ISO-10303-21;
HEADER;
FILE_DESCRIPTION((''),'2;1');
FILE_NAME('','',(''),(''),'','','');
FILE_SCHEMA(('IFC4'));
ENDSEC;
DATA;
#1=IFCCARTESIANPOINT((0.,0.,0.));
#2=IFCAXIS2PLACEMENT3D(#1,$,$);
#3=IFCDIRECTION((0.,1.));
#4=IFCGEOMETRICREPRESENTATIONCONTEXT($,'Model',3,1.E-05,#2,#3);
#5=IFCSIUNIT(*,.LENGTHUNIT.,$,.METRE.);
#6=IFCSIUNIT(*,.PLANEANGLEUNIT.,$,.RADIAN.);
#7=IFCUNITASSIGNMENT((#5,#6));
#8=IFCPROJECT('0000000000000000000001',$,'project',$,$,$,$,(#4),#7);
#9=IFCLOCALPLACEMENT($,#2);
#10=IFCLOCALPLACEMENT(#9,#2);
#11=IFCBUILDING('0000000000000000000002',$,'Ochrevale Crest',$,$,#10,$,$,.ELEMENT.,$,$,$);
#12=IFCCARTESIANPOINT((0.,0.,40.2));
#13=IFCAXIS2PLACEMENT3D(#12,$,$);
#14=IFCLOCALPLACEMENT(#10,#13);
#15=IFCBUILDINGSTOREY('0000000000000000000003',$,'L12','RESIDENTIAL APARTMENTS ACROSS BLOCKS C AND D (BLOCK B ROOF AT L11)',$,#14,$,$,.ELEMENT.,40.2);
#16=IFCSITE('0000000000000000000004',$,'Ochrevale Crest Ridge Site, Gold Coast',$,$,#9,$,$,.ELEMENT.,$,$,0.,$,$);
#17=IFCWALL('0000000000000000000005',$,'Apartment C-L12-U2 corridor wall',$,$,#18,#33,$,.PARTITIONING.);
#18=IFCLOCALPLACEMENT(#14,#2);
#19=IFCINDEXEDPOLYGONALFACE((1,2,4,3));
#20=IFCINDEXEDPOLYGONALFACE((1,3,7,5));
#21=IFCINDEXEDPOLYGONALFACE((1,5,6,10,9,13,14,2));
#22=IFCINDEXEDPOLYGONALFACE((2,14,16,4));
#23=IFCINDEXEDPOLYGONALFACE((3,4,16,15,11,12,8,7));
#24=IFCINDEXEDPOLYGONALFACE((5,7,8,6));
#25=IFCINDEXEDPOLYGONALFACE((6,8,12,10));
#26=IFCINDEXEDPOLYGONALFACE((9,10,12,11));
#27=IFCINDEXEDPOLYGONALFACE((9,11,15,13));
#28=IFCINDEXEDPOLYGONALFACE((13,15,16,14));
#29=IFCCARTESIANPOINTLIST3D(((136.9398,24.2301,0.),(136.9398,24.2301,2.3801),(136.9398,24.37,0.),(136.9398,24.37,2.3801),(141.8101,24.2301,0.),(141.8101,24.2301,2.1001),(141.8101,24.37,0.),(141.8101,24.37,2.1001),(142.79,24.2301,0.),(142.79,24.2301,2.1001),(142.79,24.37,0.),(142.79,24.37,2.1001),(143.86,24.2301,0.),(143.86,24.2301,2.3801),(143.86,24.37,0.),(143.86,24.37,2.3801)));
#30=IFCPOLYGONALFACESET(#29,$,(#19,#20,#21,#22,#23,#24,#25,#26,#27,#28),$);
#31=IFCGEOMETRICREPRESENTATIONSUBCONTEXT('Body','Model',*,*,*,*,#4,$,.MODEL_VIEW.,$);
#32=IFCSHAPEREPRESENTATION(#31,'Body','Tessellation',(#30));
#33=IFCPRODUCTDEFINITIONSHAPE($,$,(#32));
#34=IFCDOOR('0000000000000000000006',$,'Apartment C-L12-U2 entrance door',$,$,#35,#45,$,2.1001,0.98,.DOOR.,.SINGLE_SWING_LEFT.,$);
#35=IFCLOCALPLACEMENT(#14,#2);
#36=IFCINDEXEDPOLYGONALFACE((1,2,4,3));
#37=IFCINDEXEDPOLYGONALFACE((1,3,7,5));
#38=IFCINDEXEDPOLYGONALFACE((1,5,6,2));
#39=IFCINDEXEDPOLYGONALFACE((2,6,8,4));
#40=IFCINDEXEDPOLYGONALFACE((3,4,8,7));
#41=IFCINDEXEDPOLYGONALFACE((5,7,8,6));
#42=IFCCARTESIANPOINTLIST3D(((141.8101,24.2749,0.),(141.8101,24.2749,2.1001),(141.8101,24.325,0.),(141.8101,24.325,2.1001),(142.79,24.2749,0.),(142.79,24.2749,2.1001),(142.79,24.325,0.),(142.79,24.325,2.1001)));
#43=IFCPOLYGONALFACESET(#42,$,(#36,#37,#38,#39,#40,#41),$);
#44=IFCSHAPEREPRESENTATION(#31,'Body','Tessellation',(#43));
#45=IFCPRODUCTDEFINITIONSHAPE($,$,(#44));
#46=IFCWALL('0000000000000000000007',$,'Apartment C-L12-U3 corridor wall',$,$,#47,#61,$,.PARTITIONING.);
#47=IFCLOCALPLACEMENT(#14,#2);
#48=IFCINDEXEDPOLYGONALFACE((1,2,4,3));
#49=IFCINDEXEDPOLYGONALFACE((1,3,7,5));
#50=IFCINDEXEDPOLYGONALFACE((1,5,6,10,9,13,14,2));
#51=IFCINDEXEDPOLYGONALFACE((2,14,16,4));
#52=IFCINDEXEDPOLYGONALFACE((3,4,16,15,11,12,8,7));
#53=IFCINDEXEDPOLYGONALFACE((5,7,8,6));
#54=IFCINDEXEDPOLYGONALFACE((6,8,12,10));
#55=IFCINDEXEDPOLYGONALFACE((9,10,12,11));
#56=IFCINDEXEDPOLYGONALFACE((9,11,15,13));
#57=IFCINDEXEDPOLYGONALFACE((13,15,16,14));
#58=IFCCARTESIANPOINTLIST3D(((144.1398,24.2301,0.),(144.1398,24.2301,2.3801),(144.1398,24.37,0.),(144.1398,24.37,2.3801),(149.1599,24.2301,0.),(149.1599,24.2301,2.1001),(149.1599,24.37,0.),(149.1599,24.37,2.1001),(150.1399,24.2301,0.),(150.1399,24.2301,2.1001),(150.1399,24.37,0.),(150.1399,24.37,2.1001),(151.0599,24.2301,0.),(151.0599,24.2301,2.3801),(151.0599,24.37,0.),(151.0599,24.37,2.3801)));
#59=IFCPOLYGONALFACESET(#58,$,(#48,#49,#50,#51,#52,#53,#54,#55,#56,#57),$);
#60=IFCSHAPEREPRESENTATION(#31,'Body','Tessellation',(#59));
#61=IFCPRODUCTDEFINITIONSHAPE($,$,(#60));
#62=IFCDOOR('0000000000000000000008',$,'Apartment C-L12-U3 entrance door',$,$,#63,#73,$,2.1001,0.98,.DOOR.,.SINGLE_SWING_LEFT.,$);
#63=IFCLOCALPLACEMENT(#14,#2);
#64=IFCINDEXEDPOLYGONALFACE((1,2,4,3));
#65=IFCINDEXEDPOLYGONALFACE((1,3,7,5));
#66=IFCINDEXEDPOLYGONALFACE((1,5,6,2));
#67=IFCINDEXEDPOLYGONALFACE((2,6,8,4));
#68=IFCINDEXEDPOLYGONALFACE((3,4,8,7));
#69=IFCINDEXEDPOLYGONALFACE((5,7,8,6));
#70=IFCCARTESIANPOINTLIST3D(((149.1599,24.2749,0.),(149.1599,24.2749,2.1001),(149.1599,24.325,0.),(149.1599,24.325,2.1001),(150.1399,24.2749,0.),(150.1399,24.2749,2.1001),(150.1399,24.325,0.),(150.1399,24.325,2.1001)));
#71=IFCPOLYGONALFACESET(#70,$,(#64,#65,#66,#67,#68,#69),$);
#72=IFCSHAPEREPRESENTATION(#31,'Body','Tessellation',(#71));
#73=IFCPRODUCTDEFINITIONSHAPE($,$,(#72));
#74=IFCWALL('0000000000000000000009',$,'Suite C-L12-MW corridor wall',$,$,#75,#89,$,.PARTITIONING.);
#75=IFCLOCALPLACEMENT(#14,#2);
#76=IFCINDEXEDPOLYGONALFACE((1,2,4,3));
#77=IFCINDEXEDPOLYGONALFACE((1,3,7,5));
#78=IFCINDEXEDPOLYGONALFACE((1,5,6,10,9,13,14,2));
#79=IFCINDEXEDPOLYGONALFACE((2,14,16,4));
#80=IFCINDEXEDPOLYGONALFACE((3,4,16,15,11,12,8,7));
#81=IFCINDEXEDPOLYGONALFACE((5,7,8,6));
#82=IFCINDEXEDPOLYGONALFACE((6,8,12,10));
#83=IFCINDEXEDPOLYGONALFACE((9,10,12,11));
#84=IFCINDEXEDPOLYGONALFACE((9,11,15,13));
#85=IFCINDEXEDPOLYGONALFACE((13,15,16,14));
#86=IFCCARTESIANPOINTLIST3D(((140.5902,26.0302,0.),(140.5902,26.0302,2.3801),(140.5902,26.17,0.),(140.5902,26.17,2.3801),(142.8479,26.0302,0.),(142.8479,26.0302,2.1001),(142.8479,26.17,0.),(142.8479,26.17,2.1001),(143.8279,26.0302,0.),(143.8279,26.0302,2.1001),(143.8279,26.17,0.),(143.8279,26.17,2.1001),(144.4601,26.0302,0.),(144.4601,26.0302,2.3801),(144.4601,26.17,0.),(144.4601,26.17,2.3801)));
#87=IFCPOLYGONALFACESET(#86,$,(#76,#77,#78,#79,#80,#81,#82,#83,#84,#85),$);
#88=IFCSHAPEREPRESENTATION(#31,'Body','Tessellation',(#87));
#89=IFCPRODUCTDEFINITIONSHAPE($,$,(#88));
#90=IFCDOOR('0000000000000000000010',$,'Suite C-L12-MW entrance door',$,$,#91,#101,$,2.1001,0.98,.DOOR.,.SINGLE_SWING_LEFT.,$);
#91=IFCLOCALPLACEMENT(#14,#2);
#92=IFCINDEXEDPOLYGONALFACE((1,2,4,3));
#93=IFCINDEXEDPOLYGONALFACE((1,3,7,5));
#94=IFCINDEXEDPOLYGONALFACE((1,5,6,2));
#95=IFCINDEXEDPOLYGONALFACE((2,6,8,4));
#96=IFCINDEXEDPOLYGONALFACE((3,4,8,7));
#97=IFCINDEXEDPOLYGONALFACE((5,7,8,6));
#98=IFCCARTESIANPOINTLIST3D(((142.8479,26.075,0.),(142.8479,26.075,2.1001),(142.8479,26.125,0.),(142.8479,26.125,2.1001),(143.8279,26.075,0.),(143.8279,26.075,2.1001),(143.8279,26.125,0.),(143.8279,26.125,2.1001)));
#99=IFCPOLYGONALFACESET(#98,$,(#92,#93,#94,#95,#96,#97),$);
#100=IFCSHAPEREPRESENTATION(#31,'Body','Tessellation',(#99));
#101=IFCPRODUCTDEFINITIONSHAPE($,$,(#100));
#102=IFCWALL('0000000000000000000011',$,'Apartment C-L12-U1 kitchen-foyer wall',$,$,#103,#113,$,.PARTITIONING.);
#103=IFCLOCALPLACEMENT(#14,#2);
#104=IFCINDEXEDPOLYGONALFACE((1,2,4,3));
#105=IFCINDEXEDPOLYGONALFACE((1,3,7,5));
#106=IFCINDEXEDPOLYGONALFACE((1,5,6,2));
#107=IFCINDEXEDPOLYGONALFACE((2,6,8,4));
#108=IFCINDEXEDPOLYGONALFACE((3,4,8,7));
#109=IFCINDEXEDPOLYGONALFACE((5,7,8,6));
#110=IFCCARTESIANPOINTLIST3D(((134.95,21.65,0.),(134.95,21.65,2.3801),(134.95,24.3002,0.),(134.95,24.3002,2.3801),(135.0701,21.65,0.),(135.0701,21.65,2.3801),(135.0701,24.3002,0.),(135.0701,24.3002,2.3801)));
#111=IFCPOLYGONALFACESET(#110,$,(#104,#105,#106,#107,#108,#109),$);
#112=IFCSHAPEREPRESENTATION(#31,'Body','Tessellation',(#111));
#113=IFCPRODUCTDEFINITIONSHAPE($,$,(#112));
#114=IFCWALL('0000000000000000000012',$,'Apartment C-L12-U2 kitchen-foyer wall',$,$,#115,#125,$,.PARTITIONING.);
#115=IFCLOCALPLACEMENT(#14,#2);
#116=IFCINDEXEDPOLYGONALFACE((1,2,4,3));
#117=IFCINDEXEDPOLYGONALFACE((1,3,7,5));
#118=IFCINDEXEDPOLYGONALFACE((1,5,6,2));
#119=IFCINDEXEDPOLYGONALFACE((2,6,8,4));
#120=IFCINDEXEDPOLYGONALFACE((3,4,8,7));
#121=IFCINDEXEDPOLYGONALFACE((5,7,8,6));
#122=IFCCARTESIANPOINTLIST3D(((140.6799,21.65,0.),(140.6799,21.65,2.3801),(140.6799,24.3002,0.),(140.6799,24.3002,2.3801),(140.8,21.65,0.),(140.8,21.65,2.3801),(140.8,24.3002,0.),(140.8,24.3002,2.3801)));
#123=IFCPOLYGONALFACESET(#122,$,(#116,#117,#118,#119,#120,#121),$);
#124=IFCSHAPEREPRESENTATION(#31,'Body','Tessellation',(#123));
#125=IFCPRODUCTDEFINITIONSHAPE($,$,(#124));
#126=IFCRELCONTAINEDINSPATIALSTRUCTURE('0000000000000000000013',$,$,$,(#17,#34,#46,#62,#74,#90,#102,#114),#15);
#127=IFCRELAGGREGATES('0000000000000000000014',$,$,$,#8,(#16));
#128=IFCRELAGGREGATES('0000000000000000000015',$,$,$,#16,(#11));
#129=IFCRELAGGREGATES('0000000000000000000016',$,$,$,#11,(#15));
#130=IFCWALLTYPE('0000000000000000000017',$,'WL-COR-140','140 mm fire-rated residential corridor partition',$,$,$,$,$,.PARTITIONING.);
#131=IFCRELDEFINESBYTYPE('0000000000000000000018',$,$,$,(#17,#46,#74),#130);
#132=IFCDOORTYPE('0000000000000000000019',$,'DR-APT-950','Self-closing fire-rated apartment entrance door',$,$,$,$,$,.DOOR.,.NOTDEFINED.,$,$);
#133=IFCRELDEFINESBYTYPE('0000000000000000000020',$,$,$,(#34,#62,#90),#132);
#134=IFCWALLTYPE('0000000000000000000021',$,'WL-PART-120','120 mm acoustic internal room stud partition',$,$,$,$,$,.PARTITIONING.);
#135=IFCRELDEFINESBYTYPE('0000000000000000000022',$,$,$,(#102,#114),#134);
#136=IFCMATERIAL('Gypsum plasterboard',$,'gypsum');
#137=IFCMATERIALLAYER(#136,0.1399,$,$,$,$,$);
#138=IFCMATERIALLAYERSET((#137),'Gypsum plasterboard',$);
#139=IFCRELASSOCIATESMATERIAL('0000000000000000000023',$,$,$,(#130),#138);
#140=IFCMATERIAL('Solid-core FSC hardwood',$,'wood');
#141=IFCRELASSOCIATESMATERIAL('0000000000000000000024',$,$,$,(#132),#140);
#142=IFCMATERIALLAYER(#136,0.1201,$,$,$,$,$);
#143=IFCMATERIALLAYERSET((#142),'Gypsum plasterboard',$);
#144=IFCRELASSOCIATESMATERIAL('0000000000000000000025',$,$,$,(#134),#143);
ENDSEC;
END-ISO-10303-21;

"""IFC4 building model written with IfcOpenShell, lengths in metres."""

from ifc_helpers import new_model, si_unit, direction, frame, frame_2d, origin, place, context, subcontext, project, spatial, rectangle, extrude, material, layer, layer_set, type_object, element, fill, save


model = new_model("IFC4")

# Units and contexts
model_context = context("Model", 3, precision=1e-05, world=origin(), true_north=direction((0.0, 1.0)))
body_context = subcontext(model_context, "Body", "Model", "MODEL_VIEW")
ifc_project = project(units=[si_unit("LENGTHUNIT", "METRE"), si_unit("PLANEANGLEUNIT", "RADIAN")], contexts=[model_context])

# Site, building, storey
site_placement = place(None, origin())
site = spatial("IfcSite", under=ifc_project, at=site_placement, Name="Ochrevale Crest Ridge Site, Gold Coast", CompositionType="ELEMENT", RefElevation=0.0)
building_placement = place(site_placement, origin())
building = spatial("IfcBuilding", under=site, at=building_placement, Name="Ochrevale Crest", CompositionType="ELEMENT")
storey_placement = place(building_placement, frame((0.0, 0.0, 40.2)))
storey = spatial("IfcBuildingStorey", under=building, at=storey_placement, Name="L12", Description="RESIDENTIAL APARTMENTS ACROSS BLOCKS C AND D (BLOCK B ROOF AT L11)", CompositionType="ELEMENT", Elevation=40.2)

# Walls, openings, doors
ifc_material_1 = material(Name="Gypsum plasterboard", Category="gypsum")
ifc_layer_1 = layer(ifc_material_1, 0.1399)
ifc_layer_set_1 = layer_set([ifc_layer_1], Name="Gypsum plasterboard")
wall_type_1 = type_object("IfcWallType", Name="WL-COR-140", Description="140 mm fire-rated residential corridor partition", PredefinedType="PARTITIONING", material=ifc_layer_set_1)
wall_1_placement = place(storey_placement, frame((136.9399, 24.3, 0.0), z_axis=(0.0, 0.0, 1.0), x_axis=(1.0, 0.0, 0.0)))
wall_1 = element("IfcWall", 1, at=wall_1_placement, inside=storey, type_object=wall_type_1, Name="Apartment C-L12-U2 corridor wall", PredefinedType="PARTITIONING", context=body_context, shape_type="SweptSolid", body=[
    extrude(rectangle(XDim=6.9202, YDim=0.1399, at=frame_2d((3.46, 0.0))), origin(), (0.0, 0.0, 1.0), 2.3801),
])
opening_1_placement = place(wall_1_placement, frame((4.8701, 0.0, 0.0)))
opening_1 = element("IfcOpeningElement", 2, at=opening_1_placement, cuts=wall_1, PredefinedType="OPENING", context=body_context, shape_type="SweptSolid", body=[
    extrude(rectangle(XDim=0.98, YDim=2.1001, at=frame_2d((0.49, 1.05))), frame((0.0, 0.0801, 0.0), z_axis=(0.0, -1.0, 0.0), x_axis=(1.0, 0.0, 0.0)), (0.0, 0.0, 1.0), 0.1599),
])
ifc_material_2 = material(Name="Solid-core FSC hardwood", Category="wood")
door_type_1 = type_object("IfcDoorType", Name="DR-APT-950", Description="Self-closing fire-rated apartment entrance door", OperationType="NOTDEFINED", PredefinedType="DOOR", material=ifc_material_2)
door_1_placement = place(opening_1_placement, origin())
door_1 = element("IfcDoor", 3, at=door_1_placement, inside=storey, type_object=door_type_1, Name="Apartment C-L12-U2 entrance door", OperationType="SINGLE_SWING_LEFT", OverallHeight=2.1001, OverallWidth=0.98, PredefinedType="DOOR", context=body_context, shape_type="SweptSolid", body=[
    extrude(rectangle(XDim=0.98, YDim=2.1001, at=frame_2d((0.49, 1.05))), frame((0.0, 0.0249, 0.0), z_axis=(0.0, -1.0, 0.0), x_axis=(1.0, 0.0, 0.0)), (0.0, 0.0, 1.0), 0.05),
])
fill(opening_1, door_1)
wall_2_placement = place(storey_placement, frame((144.1399, 24.3, 0.0), z_axis=(0.0, 0.0, 1.0), x_axis=(1.0, 0.0, 0.0)))
wall_2 = element("IfcWall", 4, at=wall_2_placement, inside=storey, type_object=wall_type_1, Name="Apartment C-L12-U3 corridor wall", PredefinedType="PARTITIONING", context=body_context, shape_type="SweptSolid", body=[
    extrude(rectangle(XDim=6.9202, YDim=0.1399, at=frame_2d((3.46, 0.0))), origin(), (0.0, 0.0, 1.0), 2.3801),
])
opening_2_placement = place(wall_2_placement, frame((5.02, 0.0, 0.0)))
opening_2 = element("IfcOpeningElement", 5, at=opening_2_placement, cuts=wall_2, PredefinedType="OPENING", context=body_context, shape_type="SweptSolid", body=[
    extrude(rectangle(XDim=0.98, YDim=2.1001, at=frame_2d((0.49, 1.05))), frame((0.0, 0.0801, 0.0), z_axis=(0.0, -1.0, 0.0), x_axis=(1.0, 0.0, 0.0)), (0.0, 0.0, 1.0), 0.1599),
])
door_2_placement = place(opening_2_placement, origin())
door_2 = element("IfcDoor", 6, at=door_2_placement, inside=storey, type_object=door_type_1, Name="Apartment C-L12-U3 entrance door", OperationType="SINGLE_SWING_LEFT", OverallHeight=2.1001, OverallWidth=0.98, PredefinedType="DOOR", context=body_context, shape_type="SweptSolid", body=[
    extrude(rectangle(XDim=0.98, YDim=2.1001, at=frame_2d((0.49, 1.05))), frame((0.0, 0.0249, 0.0), z_axis=(0.0, -1.0, 0.0), x_axis=(1.0, 0.0, 0.0)), (0.0, 0.0, 1.0), 0.05),
])
fill(opening_2, door_2)
wall_3_placement = place(storey_placement, frame((140.5901, 26.1001, 0.0), z_axis=(0.0, 0.0, 1.0), x_axis=(1.0, 0.0, 0.0)))
wall_3 = element("IfcWall", 7, at=wall_3_placement, inside=storey, type_object=wall_type_1, Name="Suite C-L12-MW corridor wall", PredefinedType="PARTITIONING", context=body_context, shape_type="SweptSolid", body=[
    extrude(rectangle(XDim=3.8699, YDim=0.1399, at=frame_2d((1.9351, 0.0))), origin(), (0.0, 0.0, 1.0), 2.3801),
])
opening_3_placement = place(wall_3_placement, frame((2.2578, 0.0, 0.0)))
opening_3 = element("IfcOpeningElement", 8, at=opening_3_placement, cuts=wall_3, PredefinedType="OPENING", context=body_context, shape_type="SweptSolid", body=[
    extrude(rectangle(XDim=0.98, YDim=2.1001, at=frame_2d((0.49, 1.05))), frame((0.0, 0.0801, 0.0), z_axis=(0.0, -1.0, 0.0), x_axis=(1.0, 0.0, 0.0)), (0.0, 0.0, 1.0), 0.1599),
])
door_3_placement = place(opening_3_placement, origin())
door_3 = element("IfcDoor", 9, at=door_3_placement, inside=storey, type_object=door_type_1, Name="Suite C-L12-MW entrance door", OperationType="SINGLE_SWING_LEFT", OverallHeight=2.1001, OverallWidth=0.98, PredefinedType="DOOR", context=body_context, shape_type="SweptSolid", body=[
    extrude(rectangle(XDim=0.98, YDim=2.1001, at=frame_2d((0.49, 1.05))), frame((0.0, 0.0249, 0.0), z_axis=(0.0, -1.0, 0.0), x_axis=(1.0, 0.0, 0.0)), (0.0, 0.0, 1.0), 0.05),
])
fill(opening_3, door_3)

# Walls
ifc_layer_2 = layer(ifc_material_1, 0.1201)
ifc_layer_set_2 = layer_set([ifc_layer_2], Name="Gypsum plasterboard")
wall_type_2 = type_object("IfcWallType", Name="WL-PART-120", Description="120 mm acoustic internal room stud partition", PredefinedType="PARTITIONING", material=ifc_layer_set_2)
for number, where, z_axis, x_axis, name in (
    (10, (135.01, 21.6499, 0.0), (0.0, 0.0, 1.0), (0.0, 1.0, 0.0), "Apartment C-L12-U1 kitchen-foyer wall"),
    (11, (140.74, 21.6499, 0.0), (0.0, 0.0, 1.0), (0.0, 1.0, 0.0), "Apartment C-L12-U2 kitchen-foyer wall"),
):
    element("IfcWall", number, at=place(storey_placement, frame(where, z_axis=z_axis, x_axis=x_axis)), inside=storey, type_object=wall_type_2, Name=name, PredefinedType="PARTITIONING", context=body_context, shape_type="SweptSolid", body=[
        extrude(rectangle(XDim=2.6501, YDim=0.1201, at=frame_2d((1.3252, 0.0))), origin(), (0.0, 0.0, 1.0), 2.3801),
    ])

save(model, "model.ifc")
